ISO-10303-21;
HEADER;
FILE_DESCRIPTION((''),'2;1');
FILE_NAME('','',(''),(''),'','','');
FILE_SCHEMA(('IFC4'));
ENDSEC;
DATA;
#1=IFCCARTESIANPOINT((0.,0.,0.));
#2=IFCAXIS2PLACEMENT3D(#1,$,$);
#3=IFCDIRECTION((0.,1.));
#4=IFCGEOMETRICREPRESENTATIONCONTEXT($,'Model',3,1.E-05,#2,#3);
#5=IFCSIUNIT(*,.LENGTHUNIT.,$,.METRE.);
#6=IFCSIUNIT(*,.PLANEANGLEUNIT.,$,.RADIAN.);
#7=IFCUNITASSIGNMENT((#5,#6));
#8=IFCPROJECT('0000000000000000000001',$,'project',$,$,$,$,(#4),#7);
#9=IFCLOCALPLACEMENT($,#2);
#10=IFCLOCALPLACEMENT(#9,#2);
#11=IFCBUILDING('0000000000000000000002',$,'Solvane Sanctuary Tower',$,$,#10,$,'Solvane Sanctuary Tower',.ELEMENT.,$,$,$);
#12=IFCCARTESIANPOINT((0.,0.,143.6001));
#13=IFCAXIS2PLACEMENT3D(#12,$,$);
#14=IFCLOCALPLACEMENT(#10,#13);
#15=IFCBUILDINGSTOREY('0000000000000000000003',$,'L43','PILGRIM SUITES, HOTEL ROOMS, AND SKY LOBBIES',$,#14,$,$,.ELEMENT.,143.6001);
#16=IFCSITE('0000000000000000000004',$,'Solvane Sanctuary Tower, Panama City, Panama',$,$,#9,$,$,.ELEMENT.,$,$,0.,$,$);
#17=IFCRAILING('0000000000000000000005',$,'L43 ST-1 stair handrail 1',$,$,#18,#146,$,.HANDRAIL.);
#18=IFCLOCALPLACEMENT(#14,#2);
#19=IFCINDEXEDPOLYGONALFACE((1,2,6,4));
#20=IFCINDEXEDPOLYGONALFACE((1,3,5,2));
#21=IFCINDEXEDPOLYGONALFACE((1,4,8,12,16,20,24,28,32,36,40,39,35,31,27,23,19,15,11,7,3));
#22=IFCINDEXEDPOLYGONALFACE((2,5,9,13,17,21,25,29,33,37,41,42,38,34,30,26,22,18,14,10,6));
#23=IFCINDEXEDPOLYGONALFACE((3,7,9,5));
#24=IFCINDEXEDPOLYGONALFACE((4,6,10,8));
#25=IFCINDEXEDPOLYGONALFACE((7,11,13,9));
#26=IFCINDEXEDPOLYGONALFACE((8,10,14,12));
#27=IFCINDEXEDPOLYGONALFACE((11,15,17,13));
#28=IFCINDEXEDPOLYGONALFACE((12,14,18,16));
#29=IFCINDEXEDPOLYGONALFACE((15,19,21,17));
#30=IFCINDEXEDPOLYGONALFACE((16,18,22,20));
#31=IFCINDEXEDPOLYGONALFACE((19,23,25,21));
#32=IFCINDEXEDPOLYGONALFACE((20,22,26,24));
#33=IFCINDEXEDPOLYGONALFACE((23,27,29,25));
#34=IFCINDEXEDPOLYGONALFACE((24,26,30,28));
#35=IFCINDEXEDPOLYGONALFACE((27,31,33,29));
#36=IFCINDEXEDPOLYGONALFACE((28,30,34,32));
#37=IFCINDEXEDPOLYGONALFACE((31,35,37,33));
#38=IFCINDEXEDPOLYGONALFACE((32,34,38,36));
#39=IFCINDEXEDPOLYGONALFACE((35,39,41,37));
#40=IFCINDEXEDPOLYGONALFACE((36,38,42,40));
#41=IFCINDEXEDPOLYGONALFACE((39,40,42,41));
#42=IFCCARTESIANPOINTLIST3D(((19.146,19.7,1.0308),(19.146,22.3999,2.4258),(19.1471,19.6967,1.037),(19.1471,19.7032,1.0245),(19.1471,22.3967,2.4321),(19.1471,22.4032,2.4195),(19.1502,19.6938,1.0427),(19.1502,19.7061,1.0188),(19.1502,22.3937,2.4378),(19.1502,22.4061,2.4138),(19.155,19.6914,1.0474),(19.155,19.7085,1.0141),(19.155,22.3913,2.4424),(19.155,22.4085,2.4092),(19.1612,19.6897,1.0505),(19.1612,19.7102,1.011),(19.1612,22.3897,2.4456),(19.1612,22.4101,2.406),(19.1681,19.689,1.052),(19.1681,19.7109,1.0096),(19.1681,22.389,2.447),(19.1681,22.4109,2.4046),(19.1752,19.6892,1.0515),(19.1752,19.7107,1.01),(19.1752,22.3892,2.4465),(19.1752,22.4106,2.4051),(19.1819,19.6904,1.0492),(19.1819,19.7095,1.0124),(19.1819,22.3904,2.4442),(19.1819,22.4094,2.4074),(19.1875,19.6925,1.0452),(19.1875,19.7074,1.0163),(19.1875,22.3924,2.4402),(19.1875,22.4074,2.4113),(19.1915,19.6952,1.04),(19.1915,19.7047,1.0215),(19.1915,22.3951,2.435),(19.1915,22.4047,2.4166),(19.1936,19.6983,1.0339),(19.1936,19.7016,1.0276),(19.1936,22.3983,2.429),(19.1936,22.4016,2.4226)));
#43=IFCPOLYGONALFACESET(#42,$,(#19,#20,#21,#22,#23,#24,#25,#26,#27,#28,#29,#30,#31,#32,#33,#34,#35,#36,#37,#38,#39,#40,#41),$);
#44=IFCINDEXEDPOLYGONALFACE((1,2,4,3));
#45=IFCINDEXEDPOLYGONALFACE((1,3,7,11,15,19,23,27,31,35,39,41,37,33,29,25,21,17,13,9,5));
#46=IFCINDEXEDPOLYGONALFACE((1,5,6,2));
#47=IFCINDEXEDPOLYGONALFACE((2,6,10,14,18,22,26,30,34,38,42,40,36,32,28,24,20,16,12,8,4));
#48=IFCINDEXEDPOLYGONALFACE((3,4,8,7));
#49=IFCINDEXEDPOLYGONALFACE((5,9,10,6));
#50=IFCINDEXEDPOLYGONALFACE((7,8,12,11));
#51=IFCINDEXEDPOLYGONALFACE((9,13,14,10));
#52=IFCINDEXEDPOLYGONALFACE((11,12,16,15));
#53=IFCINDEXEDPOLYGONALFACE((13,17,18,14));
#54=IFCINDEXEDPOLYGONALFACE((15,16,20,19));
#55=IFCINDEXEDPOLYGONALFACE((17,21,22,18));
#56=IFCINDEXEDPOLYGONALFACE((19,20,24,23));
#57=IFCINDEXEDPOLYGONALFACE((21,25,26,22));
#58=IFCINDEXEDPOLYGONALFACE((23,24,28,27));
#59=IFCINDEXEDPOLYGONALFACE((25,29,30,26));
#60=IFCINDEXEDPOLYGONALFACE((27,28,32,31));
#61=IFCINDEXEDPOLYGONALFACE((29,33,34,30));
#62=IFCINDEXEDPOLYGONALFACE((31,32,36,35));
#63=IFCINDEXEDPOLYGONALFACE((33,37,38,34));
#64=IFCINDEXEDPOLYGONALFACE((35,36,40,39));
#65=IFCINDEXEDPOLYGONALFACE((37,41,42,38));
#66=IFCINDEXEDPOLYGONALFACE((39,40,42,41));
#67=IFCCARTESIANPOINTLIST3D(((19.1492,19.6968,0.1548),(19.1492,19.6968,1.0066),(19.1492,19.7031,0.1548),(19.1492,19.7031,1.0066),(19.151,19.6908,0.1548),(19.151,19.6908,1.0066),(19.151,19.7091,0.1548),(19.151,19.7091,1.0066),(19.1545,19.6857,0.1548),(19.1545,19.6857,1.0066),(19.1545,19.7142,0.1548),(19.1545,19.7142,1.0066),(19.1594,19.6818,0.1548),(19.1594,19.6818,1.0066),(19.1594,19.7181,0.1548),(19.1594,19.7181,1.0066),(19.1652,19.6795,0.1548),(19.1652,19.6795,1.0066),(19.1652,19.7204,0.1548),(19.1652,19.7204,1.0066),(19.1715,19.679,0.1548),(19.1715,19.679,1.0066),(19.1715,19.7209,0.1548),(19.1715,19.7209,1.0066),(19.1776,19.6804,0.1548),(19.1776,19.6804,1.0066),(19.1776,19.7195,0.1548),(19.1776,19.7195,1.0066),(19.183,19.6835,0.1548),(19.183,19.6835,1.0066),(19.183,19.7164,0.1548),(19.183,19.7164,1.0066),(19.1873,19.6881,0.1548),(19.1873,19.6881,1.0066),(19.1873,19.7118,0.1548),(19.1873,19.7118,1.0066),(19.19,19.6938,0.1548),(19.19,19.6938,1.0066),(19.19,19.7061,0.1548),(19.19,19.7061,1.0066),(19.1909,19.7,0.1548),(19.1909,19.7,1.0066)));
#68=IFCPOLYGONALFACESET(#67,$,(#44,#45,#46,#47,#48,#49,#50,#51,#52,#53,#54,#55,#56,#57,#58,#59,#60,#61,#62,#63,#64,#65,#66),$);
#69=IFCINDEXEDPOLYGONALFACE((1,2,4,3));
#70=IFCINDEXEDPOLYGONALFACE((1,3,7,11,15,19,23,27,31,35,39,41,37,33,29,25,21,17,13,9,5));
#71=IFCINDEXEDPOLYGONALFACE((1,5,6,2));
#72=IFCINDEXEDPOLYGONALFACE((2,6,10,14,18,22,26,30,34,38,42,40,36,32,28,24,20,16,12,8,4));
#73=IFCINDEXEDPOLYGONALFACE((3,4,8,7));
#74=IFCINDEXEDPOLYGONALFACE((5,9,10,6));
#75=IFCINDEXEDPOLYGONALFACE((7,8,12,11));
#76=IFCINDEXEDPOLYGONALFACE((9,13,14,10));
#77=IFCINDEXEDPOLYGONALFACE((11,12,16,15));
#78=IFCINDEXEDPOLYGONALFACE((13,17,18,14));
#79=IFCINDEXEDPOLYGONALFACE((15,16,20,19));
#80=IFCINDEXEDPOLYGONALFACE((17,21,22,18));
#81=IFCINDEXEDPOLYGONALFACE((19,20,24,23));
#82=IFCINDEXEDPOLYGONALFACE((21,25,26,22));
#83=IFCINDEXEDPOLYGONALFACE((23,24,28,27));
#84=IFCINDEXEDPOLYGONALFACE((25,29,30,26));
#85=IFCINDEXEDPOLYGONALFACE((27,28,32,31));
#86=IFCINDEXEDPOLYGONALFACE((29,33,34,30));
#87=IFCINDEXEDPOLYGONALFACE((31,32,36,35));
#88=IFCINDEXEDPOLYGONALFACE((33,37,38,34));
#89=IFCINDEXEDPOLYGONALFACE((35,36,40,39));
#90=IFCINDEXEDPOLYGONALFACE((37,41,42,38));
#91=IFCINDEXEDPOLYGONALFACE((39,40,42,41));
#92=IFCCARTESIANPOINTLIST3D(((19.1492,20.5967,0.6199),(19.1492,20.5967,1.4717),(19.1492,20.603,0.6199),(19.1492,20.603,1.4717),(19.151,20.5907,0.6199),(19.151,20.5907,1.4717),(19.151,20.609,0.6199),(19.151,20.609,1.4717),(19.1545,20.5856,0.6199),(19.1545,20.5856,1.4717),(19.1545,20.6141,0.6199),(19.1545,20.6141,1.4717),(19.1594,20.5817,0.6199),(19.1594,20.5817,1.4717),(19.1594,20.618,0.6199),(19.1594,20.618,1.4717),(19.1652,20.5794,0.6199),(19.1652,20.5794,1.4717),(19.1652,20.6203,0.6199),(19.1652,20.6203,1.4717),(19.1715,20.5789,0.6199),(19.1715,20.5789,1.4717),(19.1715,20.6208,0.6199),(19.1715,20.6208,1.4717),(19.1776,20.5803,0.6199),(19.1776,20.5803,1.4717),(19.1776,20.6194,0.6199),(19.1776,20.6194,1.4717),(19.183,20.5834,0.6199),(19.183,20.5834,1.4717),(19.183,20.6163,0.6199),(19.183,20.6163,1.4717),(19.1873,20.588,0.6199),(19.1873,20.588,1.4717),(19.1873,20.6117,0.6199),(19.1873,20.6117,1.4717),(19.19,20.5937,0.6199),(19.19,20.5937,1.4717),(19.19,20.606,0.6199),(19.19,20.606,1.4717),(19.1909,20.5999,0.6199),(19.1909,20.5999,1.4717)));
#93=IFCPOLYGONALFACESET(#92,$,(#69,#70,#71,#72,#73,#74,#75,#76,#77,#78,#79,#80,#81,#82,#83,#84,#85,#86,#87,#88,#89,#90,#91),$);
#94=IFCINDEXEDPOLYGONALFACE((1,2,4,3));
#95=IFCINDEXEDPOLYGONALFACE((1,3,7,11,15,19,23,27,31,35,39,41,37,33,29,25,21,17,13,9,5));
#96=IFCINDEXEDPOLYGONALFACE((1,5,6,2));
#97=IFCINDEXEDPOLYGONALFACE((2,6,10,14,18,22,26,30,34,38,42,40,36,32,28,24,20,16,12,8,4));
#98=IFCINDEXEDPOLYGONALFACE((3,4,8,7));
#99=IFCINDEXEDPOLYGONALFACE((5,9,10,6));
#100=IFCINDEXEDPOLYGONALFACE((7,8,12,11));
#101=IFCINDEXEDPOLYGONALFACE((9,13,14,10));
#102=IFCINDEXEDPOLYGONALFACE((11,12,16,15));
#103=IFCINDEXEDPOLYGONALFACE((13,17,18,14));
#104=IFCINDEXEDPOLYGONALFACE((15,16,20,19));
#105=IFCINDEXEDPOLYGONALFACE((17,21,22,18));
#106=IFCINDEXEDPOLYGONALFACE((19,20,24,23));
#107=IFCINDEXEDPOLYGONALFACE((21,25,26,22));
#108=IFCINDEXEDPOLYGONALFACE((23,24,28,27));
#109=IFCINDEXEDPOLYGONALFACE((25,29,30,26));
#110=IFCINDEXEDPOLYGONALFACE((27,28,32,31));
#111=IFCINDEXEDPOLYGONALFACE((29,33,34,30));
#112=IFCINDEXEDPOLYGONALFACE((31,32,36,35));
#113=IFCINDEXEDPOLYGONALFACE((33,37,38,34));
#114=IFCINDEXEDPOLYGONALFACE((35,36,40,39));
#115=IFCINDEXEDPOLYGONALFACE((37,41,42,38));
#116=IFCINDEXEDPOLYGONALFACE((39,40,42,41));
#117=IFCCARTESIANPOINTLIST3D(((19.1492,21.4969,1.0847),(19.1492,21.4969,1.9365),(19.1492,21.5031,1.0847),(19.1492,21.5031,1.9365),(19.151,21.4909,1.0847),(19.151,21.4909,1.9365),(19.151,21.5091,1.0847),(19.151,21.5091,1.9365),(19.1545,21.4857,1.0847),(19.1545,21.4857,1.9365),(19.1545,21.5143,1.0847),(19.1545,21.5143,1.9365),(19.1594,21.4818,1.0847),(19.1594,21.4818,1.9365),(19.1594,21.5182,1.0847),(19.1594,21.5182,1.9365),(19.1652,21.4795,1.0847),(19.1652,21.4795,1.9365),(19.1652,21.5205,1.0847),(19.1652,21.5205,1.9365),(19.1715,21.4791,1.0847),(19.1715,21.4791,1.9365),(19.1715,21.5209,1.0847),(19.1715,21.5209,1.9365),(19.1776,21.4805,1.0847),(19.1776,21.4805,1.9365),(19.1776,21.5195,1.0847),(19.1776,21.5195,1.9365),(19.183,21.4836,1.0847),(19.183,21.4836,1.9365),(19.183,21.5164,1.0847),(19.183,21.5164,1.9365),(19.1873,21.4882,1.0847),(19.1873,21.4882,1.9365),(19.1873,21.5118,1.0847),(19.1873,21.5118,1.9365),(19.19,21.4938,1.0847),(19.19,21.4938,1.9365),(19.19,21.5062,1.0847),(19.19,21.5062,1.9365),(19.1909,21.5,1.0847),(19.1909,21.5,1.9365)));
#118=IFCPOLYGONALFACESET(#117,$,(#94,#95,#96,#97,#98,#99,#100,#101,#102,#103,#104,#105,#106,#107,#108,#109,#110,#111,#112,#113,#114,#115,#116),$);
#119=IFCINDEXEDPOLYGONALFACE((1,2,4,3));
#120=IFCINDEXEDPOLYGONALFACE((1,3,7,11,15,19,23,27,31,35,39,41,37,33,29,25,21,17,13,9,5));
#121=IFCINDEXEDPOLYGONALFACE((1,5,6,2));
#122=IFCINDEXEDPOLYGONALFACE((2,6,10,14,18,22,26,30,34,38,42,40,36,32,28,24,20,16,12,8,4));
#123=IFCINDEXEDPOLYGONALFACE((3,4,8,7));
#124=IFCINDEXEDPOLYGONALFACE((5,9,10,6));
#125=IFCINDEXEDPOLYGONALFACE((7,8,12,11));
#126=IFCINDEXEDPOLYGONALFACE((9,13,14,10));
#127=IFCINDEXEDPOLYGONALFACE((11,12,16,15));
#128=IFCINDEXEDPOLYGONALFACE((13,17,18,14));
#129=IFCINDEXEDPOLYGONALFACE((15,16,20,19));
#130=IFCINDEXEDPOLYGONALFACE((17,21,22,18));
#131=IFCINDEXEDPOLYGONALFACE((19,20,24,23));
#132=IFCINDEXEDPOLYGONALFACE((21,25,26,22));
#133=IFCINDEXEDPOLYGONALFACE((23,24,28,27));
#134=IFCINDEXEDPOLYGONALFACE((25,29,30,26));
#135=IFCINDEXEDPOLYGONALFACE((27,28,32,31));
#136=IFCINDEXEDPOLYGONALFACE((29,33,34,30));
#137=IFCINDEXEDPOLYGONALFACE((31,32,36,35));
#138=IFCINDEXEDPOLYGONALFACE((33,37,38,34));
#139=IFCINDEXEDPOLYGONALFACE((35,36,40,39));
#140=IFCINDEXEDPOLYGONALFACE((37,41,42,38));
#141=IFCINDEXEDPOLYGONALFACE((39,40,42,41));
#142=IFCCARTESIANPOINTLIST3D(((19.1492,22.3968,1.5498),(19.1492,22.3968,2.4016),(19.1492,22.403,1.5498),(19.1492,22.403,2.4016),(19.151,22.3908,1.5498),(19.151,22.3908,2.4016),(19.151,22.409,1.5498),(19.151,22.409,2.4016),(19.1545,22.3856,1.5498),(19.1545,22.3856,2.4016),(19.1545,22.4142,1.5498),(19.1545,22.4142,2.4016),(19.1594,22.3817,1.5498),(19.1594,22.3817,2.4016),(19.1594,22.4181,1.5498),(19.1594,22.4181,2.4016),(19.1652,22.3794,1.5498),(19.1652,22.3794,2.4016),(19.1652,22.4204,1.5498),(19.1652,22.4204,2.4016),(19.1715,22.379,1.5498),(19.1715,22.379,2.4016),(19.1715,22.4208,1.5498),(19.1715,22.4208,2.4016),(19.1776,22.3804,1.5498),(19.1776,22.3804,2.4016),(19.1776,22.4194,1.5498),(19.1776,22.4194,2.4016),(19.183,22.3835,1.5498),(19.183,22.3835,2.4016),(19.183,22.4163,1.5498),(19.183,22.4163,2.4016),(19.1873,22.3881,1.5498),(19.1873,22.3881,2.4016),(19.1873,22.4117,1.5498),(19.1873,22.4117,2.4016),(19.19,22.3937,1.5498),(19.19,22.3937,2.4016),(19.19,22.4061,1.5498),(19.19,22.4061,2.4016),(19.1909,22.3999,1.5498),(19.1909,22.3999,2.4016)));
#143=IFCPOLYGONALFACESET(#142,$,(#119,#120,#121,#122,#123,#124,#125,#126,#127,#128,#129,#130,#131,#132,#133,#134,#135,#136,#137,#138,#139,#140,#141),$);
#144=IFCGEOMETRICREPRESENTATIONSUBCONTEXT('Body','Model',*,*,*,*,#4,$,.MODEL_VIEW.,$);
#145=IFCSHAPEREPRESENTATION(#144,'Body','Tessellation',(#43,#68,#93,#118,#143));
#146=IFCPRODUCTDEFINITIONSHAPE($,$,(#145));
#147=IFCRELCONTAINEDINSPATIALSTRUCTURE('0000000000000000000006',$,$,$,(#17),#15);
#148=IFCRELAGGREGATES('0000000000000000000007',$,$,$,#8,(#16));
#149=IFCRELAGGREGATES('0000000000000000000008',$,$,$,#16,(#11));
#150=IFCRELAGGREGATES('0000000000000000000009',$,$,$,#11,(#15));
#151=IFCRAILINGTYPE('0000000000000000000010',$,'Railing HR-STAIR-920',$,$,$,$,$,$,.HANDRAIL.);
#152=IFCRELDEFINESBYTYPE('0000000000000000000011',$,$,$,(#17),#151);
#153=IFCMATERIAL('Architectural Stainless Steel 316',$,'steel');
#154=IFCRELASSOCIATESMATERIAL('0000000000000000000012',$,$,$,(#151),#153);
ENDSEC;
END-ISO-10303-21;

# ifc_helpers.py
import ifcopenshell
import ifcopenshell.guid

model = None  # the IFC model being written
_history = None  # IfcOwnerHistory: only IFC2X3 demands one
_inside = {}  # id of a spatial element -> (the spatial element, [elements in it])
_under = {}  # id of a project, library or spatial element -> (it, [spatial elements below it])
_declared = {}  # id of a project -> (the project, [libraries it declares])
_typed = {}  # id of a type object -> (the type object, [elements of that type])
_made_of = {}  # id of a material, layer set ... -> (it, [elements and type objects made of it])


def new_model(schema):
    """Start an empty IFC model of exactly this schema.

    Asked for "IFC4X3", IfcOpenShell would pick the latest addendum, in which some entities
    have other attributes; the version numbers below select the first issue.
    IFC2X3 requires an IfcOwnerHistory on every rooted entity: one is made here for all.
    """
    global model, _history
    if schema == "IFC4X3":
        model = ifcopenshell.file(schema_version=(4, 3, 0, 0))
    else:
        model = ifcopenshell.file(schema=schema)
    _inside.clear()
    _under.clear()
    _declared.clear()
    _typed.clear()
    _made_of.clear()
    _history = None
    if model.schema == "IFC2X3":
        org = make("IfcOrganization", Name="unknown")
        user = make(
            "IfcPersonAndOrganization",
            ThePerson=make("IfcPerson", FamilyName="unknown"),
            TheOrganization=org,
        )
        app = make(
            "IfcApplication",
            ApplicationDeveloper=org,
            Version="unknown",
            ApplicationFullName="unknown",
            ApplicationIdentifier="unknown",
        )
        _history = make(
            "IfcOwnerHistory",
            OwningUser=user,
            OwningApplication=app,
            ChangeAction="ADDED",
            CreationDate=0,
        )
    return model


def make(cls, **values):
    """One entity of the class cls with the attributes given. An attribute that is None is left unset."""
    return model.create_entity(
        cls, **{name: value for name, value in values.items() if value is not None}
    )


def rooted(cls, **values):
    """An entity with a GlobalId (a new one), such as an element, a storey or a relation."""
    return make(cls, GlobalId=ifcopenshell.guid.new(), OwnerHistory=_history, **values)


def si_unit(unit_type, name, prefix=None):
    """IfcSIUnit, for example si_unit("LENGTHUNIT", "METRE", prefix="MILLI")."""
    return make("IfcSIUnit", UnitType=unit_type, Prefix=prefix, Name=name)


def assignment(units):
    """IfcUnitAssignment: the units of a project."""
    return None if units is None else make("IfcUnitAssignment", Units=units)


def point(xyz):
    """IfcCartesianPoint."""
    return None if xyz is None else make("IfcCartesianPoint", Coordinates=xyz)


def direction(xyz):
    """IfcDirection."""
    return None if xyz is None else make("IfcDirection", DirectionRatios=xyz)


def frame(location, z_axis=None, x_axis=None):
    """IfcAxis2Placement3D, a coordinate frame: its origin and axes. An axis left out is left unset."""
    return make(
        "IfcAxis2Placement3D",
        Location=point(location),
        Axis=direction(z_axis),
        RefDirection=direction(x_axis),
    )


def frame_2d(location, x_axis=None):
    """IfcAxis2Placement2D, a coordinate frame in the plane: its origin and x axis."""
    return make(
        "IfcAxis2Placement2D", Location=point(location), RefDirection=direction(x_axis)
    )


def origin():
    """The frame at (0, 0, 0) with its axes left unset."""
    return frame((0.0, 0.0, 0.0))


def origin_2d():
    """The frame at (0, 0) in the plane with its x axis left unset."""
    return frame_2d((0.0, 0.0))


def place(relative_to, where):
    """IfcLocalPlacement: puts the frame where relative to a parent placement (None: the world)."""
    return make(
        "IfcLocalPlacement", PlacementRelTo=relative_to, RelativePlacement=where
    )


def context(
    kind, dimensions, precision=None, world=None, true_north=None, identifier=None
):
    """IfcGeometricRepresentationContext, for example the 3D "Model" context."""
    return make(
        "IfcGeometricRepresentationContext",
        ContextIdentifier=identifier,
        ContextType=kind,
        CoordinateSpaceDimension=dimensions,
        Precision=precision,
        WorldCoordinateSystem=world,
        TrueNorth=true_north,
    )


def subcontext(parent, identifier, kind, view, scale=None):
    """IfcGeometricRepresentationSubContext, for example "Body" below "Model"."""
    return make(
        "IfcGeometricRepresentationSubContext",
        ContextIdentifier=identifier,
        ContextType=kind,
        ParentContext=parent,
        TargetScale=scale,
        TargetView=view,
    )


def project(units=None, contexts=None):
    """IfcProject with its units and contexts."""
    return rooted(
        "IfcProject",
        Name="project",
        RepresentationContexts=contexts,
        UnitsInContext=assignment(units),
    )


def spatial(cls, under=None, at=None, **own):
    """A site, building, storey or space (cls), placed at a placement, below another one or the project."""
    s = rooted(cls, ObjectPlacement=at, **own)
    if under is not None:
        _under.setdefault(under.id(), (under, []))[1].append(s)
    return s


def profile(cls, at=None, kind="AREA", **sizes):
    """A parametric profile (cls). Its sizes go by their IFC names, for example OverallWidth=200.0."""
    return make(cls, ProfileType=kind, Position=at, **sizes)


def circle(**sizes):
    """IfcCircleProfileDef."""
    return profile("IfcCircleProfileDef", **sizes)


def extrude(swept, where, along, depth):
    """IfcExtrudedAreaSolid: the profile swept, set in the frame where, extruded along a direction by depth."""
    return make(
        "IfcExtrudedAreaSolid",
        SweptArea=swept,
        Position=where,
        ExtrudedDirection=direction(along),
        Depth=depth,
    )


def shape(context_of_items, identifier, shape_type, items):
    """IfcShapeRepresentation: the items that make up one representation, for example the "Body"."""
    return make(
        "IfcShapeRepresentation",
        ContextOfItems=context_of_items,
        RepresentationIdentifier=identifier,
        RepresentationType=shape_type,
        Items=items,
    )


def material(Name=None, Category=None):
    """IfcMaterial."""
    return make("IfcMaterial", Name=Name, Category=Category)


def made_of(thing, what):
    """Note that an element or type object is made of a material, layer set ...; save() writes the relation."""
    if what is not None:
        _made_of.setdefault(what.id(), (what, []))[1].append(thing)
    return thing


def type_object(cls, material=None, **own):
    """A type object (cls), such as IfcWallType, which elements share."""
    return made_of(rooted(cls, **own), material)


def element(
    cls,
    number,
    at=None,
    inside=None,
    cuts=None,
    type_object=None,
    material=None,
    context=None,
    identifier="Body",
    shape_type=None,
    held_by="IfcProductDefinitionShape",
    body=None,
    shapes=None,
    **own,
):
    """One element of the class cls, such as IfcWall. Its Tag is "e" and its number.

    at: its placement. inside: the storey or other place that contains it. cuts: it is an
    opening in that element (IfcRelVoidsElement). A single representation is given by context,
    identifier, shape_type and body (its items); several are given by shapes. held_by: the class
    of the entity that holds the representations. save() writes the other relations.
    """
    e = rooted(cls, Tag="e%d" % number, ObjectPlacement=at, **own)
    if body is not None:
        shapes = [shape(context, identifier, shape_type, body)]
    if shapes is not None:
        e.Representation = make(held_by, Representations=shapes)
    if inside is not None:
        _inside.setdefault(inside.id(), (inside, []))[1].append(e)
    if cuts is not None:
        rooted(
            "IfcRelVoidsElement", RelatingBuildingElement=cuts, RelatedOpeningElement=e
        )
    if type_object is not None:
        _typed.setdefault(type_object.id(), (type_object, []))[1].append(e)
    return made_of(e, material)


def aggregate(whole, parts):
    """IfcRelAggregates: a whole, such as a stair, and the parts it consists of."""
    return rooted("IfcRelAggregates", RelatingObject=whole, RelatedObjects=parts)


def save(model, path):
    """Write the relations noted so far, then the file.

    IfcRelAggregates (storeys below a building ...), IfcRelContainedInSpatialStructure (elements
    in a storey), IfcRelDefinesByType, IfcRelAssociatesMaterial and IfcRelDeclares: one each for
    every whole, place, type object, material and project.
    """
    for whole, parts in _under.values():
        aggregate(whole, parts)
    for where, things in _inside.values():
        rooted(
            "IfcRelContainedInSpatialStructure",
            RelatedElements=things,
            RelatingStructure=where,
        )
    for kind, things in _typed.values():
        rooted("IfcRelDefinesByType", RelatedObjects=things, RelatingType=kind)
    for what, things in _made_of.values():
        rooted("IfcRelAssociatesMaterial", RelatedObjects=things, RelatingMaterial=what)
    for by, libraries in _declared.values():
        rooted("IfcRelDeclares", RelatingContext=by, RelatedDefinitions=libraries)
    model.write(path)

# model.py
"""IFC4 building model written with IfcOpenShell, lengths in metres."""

from ifc_helpers import new_model, si_unit, direction, frame, origin, origin_2d, place, context, subcontext, project, spatial, circle, extrude, material, type_object, element, save


model = new_model("IFC4")

# Units and contexts
model_context = context("Model", 3, precision=1e-05, world=origin(), true_north=direction((0.0, 1.0)))
body_context = subcontext(model_context, "Body", "Model", "MODEL_VIEW")
ifc_project = project(units=[si_unit("LENGTHUNIT", "METRE"), si_unit("PLANEANGLEUNIT", "RADIAN")], contexts=[model_context])

# Site, building, storey
site_placement = place(None, origin())
site = spatial("IfcSite", under=ifc_project, at=site_placement, Name="Solvane Sanctuary Tower, Panama City, Panama", CompositionType="ELEMENT", RefElevation=0.0)
building_placement = place(site_placement, origin())
building = spatial("IfcBuilding", under=site, at=building_placement, Name="Solvane Sanctuary Tower", LongName="Solvane Sanctuary Tower", CompositionType="ELEMENT")
storey_placement = place(building_placement, frame((0.0, 0.0, 143.6001)))
storey = spatial("IfcBuildingStorey", under=building, at=storey_placement, Name="L43", Description="PILGRIM SUITES, HOTEL ROOMS, AND SKY LOBBIES", CompositionType="ELEMENT", Elevation=143.6001)

# Shared definitions
ifc_material_1 = material(Name="Architectural Stainless Steel 316", Category="steel")

# Railing
railing_type_1 = type_object("IfcRailingType", Name="Railing HR-STAIR-920", PredefinedType="HANDRAIL", material=ifc_material_1)
railing_1_placement = place(storey_placement, frame((19.1699, 19.7, 0.1548)))
element("IfcRailing", 1, at=railing_1_placement, inside=storey, type_object=railing_type_1, Name="L43 ST-1 stair handrail 1", PredefinedType="HANDRAIL", context=body_context, shape_type="SweptSolid", body=[
    extrude(circle(Radius=0.0239, at=origin_2d()), frame((0.0, 0.0, 0.876), z_axis=(0.0, 0.88842, 0.459032), x_axis=(-1.0, 0.0, 0.0)), (0.0, 0.0, 1.0), 3.0391),
    extrude(circle(Radius=0.021, at=origin_2d()), origin(), (0.0, 0.0, 1.0), 0.8518),
    extrude(circle(Radius=0.021, at=origin_2d()), frame((0.0, 0.8999, 0.4651)), (0.0, 0.0, 1.0), 0.8518),
    extrude(circle(Radius=0.021, at=origin_2d()), frame((0.0, 1.8, 0.9299)), (0.0, 0.0, 1.0), 0.8518),
    extrude(circle(Radius=0.021, at=origin_2d()), frame((0.0, 2.7, 1.395)), (0.0, 0.0, 1.0), 0.8518),
])

save(model, "model.ifc")
